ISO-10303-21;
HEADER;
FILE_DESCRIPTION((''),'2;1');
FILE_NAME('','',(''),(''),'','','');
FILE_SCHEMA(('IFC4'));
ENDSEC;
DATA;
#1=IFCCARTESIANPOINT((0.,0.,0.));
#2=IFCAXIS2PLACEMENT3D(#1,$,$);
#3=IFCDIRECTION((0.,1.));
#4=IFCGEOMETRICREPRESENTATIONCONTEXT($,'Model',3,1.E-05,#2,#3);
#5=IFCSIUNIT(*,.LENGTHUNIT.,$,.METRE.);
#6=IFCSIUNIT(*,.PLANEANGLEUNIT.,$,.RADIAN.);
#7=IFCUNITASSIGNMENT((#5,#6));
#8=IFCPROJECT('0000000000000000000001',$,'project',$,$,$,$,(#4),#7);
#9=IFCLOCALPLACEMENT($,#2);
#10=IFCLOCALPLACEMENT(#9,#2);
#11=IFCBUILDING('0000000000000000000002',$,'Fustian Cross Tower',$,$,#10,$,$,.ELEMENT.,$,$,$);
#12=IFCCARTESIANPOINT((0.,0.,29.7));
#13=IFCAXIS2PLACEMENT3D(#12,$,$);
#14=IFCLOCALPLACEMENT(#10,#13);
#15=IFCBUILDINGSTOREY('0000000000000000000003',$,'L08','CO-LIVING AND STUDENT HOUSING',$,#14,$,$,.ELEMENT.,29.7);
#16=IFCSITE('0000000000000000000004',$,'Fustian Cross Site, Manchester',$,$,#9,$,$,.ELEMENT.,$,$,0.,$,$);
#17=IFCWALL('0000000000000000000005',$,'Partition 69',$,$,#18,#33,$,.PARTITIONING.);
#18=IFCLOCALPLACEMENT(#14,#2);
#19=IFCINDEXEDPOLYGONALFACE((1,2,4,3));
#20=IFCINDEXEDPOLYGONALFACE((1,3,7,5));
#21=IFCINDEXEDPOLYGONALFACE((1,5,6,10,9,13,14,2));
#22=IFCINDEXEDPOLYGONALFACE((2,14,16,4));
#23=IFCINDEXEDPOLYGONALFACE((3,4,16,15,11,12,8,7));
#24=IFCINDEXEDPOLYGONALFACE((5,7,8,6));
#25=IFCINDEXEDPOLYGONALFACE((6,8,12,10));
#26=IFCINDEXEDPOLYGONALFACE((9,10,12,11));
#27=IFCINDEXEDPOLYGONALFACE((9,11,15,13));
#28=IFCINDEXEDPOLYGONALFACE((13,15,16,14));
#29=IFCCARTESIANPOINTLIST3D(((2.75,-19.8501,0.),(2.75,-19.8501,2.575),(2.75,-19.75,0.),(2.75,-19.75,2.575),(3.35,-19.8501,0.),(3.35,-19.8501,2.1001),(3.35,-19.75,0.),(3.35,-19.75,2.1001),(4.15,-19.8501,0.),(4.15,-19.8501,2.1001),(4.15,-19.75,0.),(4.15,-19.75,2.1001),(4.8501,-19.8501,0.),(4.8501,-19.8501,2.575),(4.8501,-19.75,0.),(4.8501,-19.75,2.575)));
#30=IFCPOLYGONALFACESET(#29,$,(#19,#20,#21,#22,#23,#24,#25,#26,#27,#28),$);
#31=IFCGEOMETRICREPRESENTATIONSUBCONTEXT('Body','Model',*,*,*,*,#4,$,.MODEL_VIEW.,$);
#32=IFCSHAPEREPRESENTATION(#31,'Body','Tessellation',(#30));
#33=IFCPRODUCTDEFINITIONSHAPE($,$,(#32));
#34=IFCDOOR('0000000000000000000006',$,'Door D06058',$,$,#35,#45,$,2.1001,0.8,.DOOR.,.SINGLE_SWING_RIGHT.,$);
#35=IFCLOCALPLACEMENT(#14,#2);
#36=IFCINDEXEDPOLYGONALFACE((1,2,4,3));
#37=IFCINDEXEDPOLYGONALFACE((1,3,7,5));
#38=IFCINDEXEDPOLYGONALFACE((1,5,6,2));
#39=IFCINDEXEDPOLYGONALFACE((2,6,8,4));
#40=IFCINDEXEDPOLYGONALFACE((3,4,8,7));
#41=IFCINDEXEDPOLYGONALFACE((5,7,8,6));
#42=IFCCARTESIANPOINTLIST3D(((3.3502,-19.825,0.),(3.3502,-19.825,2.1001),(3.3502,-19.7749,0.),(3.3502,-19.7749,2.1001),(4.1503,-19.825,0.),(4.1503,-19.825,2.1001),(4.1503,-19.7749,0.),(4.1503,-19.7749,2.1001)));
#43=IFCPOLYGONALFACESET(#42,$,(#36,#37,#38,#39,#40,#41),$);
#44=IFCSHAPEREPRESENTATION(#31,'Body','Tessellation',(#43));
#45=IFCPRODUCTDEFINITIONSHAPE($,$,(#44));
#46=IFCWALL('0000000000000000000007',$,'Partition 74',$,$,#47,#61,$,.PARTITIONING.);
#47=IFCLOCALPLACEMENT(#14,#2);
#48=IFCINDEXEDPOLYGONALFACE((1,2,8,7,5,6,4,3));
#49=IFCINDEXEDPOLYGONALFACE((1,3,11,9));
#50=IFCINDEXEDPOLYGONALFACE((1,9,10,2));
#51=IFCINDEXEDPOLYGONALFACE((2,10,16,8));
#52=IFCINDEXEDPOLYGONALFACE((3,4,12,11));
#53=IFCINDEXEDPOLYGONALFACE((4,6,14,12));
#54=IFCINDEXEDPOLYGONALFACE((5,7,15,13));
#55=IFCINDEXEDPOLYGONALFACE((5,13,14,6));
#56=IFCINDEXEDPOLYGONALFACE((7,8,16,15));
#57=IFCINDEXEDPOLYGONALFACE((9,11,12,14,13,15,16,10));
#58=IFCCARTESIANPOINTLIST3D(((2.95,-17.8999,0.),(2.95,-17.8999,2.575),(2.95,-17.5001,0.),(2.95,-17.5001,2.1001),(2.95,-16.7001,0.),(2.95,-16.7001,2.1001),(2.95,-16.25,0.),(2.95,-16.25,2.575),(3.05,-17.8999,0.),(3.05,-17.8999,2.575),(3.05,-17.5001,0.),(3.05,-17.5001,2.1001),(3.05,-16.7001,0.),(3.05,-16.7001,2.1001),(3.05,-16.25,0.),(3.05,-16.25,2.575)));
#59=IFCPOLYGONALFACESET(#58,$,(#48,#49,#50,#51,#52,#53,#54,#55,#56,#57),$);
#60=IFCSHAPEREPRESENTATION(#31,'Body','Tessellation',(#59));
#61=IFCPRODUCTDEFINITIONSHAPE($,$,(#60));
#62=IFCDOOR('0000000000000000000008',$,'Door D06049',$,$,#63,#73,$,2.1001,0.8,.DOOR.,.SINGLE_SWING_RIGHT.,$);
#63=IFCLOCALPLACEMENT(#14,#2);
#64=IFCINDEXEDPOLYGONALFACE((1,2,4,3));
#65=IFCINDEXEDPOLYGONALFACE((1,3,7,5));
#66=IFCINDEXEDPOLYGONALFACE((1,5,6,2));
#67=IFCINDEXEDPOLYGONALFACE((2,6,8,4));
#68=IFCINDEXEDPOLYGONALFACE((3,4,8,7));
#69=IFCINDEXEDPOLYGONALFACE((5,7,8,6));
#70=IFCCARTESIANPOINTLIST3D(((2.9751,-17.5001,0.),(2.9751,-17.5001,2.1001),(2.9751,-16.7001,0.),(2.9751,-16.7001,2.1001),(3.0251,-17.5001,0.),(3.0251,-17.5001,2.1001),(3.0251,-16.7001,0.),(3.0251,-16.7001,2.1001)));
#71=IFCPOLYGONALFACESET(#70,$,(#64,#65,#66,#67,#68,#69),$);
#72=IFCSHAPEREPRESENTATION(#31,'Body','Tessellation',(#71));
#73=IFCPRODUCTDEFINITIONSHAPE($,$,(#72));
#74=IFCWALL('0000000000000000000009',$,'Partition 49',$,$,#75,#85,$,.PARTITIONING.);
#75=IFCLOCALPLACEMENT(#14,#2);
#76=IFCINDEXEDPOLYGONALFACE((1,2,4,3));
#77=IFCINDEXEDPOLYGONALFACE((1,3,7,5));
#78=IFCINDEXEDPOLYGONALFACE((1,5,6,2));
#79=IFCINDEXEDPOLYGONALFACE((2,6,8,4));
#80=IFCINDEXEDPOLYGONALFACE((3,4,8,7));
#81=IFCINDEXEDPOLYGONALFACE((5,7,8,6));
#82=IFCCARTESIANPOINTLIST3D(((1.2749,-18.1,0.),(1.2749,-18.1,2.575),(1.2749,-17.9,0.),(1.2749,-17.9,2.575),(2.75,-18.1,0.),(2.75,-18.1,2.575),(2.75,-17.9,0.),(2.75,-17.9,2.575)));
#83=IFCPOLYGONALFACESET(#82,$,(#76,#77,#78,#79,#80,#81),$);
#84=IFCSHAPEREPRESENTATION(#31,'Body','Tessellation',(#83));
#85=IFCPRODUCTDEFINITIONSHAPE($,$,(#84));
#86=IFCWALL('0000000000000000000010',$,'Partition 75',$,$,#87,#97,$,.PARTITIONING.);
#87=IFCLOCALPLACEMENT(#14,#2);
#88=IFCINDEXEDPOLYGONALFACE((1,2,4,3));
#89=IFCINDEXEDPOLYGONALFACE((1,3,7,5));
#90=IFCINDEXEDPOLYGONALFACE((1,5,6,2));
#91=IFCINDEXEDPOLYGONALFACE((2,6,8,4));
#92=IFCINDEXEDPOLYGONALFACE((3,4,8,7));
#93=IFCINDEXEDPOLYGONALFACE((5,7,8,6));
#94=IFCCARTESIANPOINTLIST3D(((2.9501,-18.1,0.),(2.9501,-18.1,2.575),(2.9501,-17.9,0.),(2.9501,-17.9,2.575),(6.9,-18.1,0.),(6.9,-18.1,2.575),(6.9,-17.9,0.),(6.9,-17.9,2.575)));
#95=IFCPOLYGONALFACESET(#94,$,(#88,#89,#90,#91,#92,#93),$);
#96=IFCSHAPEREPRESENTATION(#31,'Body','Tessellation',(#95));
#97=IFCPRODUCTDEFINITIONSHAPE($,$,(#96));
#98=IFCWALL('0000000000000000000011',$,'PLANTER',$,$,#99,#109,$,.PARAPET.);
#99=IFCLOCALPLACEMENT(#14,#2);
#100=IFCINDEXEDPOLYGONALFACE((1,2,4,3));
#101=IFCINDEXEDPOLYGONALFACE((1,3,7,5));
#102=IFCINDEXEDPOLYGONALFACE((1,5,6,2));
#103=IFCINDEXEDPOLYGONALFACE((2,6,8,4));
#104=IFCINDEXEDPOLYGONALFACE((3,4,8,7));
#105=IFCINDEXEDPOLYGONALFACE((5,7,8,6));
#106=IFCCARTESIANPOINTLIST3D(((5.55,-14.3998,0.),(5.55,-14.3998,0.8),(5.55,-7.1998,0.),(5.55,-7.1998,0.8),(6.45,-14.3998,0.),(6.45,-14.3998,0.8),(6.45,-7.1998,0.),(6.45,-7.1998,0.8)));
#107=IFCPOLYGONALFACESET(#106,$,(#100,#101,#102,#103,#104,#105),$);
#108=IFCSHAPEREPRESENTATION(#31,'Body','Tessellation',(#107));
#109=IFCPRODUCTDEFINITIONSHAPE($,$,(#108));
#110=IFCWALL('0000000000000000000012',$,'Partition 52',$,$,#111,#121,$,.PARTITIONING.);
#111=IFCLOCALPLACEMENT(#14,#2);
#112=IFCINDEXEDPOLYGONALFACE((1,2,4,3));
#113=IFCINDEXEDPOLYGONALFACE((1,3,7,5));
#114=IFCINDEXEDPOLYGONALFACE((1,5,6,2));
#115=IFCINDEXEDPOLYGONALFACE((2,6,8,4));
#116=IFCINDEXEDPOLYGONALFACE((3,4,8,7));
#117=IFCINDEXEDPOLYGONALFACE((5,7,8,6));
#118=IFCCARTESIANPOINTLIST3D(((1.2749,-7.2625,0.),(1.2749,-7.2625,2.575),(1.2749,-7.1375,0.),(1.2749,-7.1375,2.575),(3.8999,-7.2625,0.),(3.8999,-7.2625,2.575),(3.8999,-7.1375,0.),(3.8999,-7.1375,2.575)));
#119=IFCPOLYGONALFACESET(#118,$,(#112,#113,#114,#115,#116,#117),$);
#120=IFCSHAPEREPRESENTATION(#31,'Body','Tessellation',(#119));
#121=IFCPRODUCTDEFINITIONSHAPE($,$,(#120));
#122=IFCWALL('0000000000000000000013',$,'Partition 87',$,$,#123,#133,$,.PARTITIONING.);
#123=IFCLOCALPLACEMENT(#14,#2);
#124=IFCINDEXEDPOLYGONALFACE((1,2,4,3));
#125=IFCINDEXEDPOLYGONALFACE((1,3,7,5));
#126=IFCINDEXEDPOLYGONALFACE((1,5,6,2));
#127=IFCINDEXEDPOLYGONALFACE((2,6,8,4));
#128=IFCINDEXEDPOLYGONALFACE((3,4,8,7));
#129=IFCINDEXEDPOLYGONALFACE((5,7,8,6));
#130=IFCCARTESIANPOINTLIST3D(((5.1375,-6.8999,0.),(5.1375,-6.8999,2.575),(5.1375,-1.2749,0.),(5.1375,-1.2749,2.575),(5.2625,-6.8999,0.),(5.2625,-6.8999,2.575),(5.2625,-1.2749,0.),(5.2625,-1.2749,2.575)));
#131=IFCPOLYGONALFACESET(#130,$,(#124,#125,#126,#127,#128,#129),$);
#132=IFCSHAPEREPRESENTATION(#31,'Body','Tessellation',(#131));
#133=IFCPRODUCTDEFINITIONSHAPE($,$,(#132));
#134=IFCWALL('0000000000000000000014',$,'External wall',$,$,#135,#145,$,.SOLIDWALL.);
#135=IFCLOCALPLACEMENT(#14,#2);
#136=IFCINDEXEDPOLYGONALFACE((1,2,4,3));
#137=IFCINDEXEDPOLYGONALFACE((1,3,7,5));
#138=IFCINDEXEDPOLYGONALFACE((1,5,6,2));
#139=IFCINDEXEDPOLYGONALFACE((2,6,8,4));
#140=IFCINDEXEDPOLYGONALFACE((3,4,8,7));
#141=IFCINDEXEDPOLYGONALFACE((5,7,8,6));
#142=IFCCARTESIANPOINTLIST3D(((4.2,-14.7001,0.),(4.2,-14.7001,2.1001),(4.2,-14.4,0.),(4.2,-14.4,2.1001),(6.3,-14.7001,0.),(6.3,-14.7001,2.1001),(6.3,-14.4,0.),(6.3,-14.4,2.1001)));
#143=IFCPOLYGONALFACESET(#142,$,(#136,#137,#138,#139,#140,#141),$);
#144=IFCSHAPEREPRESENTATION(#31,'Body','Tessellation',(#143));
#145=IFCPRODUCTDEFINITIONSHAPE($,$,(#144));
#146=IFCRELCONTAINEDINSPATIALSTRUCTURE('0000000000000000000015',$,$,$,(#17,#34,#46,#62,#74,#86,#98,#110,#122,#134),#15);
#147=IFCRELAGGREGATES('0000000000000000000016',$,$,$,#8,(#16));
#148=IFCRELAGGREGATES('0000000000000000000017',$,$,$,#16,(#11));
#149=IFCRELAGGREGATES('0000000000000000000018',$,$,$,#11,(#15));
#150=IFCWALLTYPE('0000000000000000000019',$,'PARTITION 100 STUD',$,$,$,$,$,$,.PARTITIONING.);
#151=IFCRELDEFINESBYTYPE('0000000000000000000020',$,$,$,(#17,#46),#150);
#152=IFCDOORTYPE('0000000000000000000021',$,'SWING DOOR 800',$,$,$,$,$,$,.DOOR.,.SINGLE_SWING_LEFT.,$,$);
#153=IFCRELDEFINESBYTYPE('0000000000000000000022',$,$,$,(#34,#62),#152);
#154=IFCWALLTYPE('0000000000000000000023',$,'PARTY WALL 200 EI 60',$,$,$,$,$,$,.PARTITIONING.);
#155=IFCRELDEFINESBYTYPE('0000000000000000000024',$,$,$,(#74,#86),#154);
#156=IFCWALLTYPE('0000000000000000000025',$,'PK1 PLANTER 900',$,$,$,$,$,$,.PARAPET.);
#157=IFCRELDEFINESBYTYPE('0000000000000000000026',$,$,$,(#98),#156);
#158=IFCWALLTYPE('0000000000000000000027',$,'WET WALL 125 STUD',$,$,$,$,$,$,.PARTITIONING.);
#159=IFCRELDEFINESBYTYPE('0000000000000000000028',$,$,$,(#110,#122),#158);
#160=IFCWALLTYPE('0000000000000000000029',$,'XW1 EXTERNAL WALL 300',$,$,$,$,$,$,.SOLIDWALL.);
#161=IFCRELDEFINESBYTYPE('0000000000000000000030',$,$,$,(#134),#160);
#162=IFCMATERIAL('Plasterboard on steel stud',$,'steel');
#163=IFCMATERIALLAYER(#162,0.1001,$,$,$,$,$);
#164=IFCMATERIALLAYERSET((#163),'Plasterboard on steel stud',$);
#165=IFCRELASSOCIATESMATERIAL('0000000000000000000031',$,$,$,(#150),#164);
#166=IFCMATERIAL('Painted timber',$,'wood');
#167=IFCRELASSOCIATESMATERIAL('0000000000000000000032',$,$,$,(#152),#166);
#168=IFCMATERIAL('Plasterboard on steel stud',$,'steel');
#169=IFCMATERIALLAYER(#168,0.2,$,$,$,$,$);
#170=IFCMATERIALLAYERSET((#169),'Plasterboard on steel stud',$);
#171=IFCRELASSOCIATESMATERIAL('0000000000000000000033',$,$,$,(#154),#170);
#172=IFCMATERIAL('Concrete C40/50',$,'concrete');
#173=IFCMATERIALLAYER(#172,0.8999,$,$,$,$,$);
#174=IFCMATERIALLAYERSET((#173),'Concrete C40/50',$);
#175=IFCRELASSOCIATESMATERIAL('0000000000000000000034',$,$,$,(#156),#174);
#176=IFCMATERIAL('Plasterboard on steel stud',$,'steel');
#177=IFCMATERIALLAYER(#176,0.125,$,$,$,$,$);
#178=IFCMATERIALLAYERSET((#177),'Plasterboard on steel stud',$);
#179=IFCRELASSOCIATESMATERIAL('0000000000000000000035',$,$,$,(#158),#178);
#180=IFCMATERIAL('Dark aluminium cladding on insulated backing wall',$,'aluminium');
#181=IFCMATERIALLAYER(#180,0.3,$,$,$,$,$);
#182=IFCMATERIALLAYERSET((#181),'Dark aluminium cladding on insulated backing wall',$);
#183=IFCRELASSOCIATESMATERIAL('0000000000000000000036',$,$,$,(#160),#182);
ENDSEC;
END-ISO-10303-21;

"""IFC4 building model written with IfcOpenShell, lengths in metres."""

from ifc_helpers import new_model, si_unit, direction, frame, frame_2d, origin, place, context, subcontext, project, spatial, rectangle, extrude, material, layer, layer_set, type_object, element, fill, save


model = new_model("IFC4")

# Units and contexts
model_context = context("Model", 3, precision=1e-05, world=origin(), true_north=direction((0.0, 1.0)))
body_context = subcontext(model_context, "Body", "Model", "MODEL_VIEW")
ifc_project = project(units=[si_unit("LENGTHUNIT", "METRE"), si_unit("PLANEANGLEUNIT", "RADIAN")], contexts=[model_context])

# Site, building, storey
site_placement = place(None, origin())
site = spatial("IfcSite", under=ifc_project, at=site_placement, Name="Fustian Cross Site, Manchester", CompositionType="ELEMENT", RefElevation=0.0)
building_placement = place(site_placement, origin())
building = spatial("IfcBuilding", under=site, at=building_placement, Name="Fustian Cross Tower", CompositionType="ELEMENT")
storey_placement = place(building_placement, frame((0.0, 0.0, 29.7)))
storey = spatial("IfcBuildingStorey", under=building, at=storey_placement, Name="L08", Description="CO-LIVING AND STUDENT HOUSING", CompositionType="ELEMENT", Elevation=29.7)

# Shared definitions
ifc_material_1 = material(Name="Plasterboard on steel stud", Category="steel")
ifc_layer_1 = layer(ifc_material_1, 0.1001)
ifc_layer_set_1 = layer_set([ifc_layer_1], Name="Plasterboard on steel stud")
wall_type_1 = type_object("IfcWallType", Name="PARTITION 100 STUD", PredefinedType="PARTITIONING", material=ifc_layer_set_1)

# Walls, openings, doors
wall_1_placement = place(storey_placement, frame((2.75, -19.8, 0.0), z_axis=(0.0, 0.0, 1.0), x_axis=(1.0, 0.0, 0.0)))
wall_1 = element("IfcWall", 1, at=wall_1_placement, inside=storey, type_object=wall_type_1, Name="Partition 69", PredefinedType="PARTITIONING", context=body_context, shape_type="SweptSolid", body=[
    extrude(rectangle(XDim=2.1001, YDim=0.1001, at=frame_2d((1.05, 0.0))), origin(), (0.0, 0.0, 1.0), 2.575),
])
opening_1_placement = place(wall_1_placement, frame((0.6001, 0.0, 0.0)))
opening_1 = element("IfcOpeningElement", 2, at=opening_1_placement, cuts=wall_1, PredefinedType="OPENING", context=body_context, shape_type="SweptSolid", body=[
    extrude(rectangle(XDim=0.8, YDim=2.1001, at=frame_2d((0.3999, 1.05))), frame((0.0, 0.0601, 0.0), z_axis=(0.0, -1.0, 0.0), x_axis=(1.0, 0.0, 0.0)), (0.0, 0.0, 1.0), 0.1201),
])
ifc_material_2 = material(Name="Painted timber", Category="wood")
door_type_1 = type_object("IfcDoorType", Name="SWING DOOR 800", OperationType="SINGLE_SWING_LEFT", PredefinedType="DOOR", material=ifc_material_2)
door_1_placement = place(opening_1_placement, frame((0.8, 0.0, 0.0), z_axis=(0.0, 0.0, 1.0), x_axis=(-1.0, 0.0, 0.0)))
door_1 = element("IfcDoor", 3, at=door_1_placement, inside=storey, type_object=door_type_1, Name="Door D06058", OperationType="SINGLE_SWING_RIGHT", OverallHeight=2.1001, OverallWidth=0.8, PredefinedType="DOOR", context=body_context, shape_type="SweptSolid", body=[
    extrude(rectangle(XDim=0.8, YDim=2.1001, at=frame_2d((0.3999, 1.05))), frame((0.0, 0.0249, 0.0), z_axis=(0.0, -1.0, 0.0), x_axis=(1.0, 0.0, 0.0)), (0.0, 0.0, 1.0), 0.05),
])
fill(opening_1, door_1)
wall_2_placement = place(storey_placement, frame((3.0, -17.8999, 0.0), z_axis=(0.0, 0.0, 1.0), x_axis=(0.0, 1.0, 0.0)))
wall_2 = element("IfcWall", 4, at=wall_2_placement, inside=storey, type_object=wall_type_1, Name="Partition 74", PredefinedType="PARTITIONING", context=body_context, shape_type="SweptSolid", body=[
    extrude(rectangle(XDim=1.6499, YDim=0.1001, at=frame_2d((0.825, 0.0))), origin(), (0.0, 0.0, 1.0), 2.575),
])
opening_2_placement = place(wall_2_placement, frame((0.3999, 0.0, 0.0)))
opening_2 = element("IfcOpeningElement", 5, at=opening_2_placement, cuts=wall_2, PredefinedType="OPENING", context=body_context, shape_type="SweptSolid", body=[
    extrude(rectangle(XDim=0.8, YDim=2.1001, at=frame_2d((0.3999, 1.05))), frame((0.0, 0.0601, 0.0), z_axis=(0.0, -1.0, 0.0), x_axis=(1.0, 0.0, 0.0)), (0.0, 0.0, 1.0), 0.1201),
])
door_2_placement = place(opening_2_placement, origin())
door_2 = element("IfcDoor", 6, at=door_2_placement, inside=storey, type_object=door_type_1, Name="Door D06049", OperationType="SINGLE_SWING_RIGHT", OverallHeight=2.1001, OverallWidth=0.8, PredefinedType="DOOR", context=body_context, shape_type="SweptSolid", body=[
    extrude(rectangle(XDim=0.8, YDim=2.1001, at=frame_2d((0.3999, 1.05))), frame((0.0, 0.0249, 0.0), z_axis=(0.0, -1.0, 0.0), x_axis=(1.0, 0.0, 0.0)), (0.0, 0.0, 1.0), 0.05),
])
fill(opening_2, door_2)

# Walls
ifc_material_3 = material(Name="Plasterboard on steel stud", Category="steel")
ifc_layer_2 = layer(ifc_material_3, 0.2)
ifc_layer_set_2 = layer_set([ifc_layer_2], Name="Plasterboard on steel stud")
wall_type_2 = type_object("IfcWallType", Name="PARTY WALL 200 EI 60", PredefinedType="PARTITIONING", material=ifc_layer_set_2)
wall_3_placement = place(storey_placement, frame((1.2749, -18.0, 0.0), z_axis=(0.0, 0.0, 1.0), x_axis=(1.0, 0.0, 0.0)))
element("IfcWall", 7, at=wall_3_placement, inside=storey, type_object=wall_type_2, Name="Partition 49", PredefinedType="PARTITIONING", context=body_context, shape_type="SweptSolid", body=[
    extrude(rectangle(XDim=1.4751, YDim=0.2, at=frame_2d((0.7375, 0.0))), origin(), (0.0, 0.0, 1.0), 2.575),
])
wall_4_placement = place(storey_placement, frame((2.95, -18.0, 0.0), z_axis=(0.0, 0.0, 1.0), x_axis=(1.0, 0.0, 0.0)))
element("IfcWall", 8, at=wall_4_placement, inside=storey, type_object=wall_type_2, Name="Partition 75", PredefinedType="PARTITIONING", context=body_context, shape_type="SweptSolid", body=[
    extrude(rectangle(XDim=3.95, YDim=0.2, at=frame_2d((1.9751, 0.0))), origin(), (0.0, 0.0, 1.0), 2.575),
])
ifc_material_4 = material(Name="Concrete C40/50", Category="concrete")
ifc_layer_3 = layer(ifc_material_4, 0.8999)
ifc_layer_set_3 = layer_set([ifc_layer_3], Name="Concrete C40/50")
wall_type_3 = type_object("IfcWallType", Name="PK1 PLANTER 900", PredefinedType="PARAPET", material=ifc_layer_set_3)
wall_5_placement = place(storey_placement, frame((6.0, -14.3999, 0.0), z_axis=(0.0, 0.0, 1.0), x_axis=(0.0, 1.0, 0.0)))
element("IfcWall", 9, at=wall_5_placement, inside=storey, type_object=wall_type_3, Name="PLANTER", PredefinedType="PARAPET", context=body_context, shape_type="SweptSolid", body=[
    extrude(rectangle(XDim=7.2, YDim=0.8999, at=frame_2d((3.6001, 0.0))), origin(), (0.0, 0.0, 1.0), 0.8),
])
ifc_material_5 = material(Name="Plasterboard on steel stud", Category="steel")
ifc_layer_4 = layer(ifc_material_5, 0.125)
ifc_layer_set_4 = layer_set([ifc_layer_4], Name="Plasterboard on steel stud")
wall_type_4 = type_object("IfcWallType", Name="WET WALL 125 STUD", PredefinedType="PARTITIONING", material=ifc_layer_set_4)
wall_6_placement = place(storey_placement, frame((1.2749, -7.2, 0.0), z_axis=(0.0, 0.0, 1.0), x_axis=(1.0, 0.0, 0.0)))
element("IfcWall", 10, at=wall_6_placement, inside=storey, type_object=wall_type_4, Name="Partition 52", PredefinedType="PARTITIONING", context=body_context, shape_type="SweptSolid", body=[
    extrude(rectangle(XDim=2.625, YDim=0.125, at=frame_2d((1.3125, 0.0))), origin(), (0.0, 0.0, 1.0), 2.575),
])
wall_7_placement = place(storey_placement, frame((5.2, -6.8999, 0.0), z_axis=(0.0, 0.0, 1.0), x_axis=(0.0, 1.0, 0.0)))
element("IfcWall", 11, at=wall_7_placement, inside=storey, type_object=wall_type_4, Name="Partition 87", PredefinedType="PARTITIONING", context=body_context, shape_type="SweptSolid", body=[
    extrude(rectangle(XDim=5.625, YDim=0.125, at=frame_2d((2.8125, 0.0))), origin(), (0.0, 0.0, 1.0), 2.575),
])
ifc_material_6 = material(Name="Dark aluminium cladding on insulated backing wall", Category="aluminium")
ifc_layer_5 = layer(ifc_material_6, 0.3)
ifc_layer_set_5 = layer_set([ifc_layer_5], Name="Dark aluminium cladding on insulated backing wall")
wall_type_5 = type_object("IfcWallType", Name="XW1 EXTERNAL WALL 300", PredefinedType="SOLIDWALL", material=ifc_layer_set_5)
wall_8_placement = place(storey_placement, frame((6.3, -14.55, 0.0), z_axis=(0.0, 0.0, 1.0), x_axis=(-1.0, 0.0, 0.0)))
element("IfcWall", 12, at=wall_8_placement, inside=storey, type_object=wall_type_5, Name="External wall", PredefinedType="SOLIDWALL", context=body_context, shape_type="SweptSolid", body=[
    extrude(rectangle(XDim=2.1001, YDim=0.3, at=frame_2d((1.05, 0.0))), origin(), (0.0, 0.0, 1.0), 2.1001),
])

save(model, "model.ifc")
